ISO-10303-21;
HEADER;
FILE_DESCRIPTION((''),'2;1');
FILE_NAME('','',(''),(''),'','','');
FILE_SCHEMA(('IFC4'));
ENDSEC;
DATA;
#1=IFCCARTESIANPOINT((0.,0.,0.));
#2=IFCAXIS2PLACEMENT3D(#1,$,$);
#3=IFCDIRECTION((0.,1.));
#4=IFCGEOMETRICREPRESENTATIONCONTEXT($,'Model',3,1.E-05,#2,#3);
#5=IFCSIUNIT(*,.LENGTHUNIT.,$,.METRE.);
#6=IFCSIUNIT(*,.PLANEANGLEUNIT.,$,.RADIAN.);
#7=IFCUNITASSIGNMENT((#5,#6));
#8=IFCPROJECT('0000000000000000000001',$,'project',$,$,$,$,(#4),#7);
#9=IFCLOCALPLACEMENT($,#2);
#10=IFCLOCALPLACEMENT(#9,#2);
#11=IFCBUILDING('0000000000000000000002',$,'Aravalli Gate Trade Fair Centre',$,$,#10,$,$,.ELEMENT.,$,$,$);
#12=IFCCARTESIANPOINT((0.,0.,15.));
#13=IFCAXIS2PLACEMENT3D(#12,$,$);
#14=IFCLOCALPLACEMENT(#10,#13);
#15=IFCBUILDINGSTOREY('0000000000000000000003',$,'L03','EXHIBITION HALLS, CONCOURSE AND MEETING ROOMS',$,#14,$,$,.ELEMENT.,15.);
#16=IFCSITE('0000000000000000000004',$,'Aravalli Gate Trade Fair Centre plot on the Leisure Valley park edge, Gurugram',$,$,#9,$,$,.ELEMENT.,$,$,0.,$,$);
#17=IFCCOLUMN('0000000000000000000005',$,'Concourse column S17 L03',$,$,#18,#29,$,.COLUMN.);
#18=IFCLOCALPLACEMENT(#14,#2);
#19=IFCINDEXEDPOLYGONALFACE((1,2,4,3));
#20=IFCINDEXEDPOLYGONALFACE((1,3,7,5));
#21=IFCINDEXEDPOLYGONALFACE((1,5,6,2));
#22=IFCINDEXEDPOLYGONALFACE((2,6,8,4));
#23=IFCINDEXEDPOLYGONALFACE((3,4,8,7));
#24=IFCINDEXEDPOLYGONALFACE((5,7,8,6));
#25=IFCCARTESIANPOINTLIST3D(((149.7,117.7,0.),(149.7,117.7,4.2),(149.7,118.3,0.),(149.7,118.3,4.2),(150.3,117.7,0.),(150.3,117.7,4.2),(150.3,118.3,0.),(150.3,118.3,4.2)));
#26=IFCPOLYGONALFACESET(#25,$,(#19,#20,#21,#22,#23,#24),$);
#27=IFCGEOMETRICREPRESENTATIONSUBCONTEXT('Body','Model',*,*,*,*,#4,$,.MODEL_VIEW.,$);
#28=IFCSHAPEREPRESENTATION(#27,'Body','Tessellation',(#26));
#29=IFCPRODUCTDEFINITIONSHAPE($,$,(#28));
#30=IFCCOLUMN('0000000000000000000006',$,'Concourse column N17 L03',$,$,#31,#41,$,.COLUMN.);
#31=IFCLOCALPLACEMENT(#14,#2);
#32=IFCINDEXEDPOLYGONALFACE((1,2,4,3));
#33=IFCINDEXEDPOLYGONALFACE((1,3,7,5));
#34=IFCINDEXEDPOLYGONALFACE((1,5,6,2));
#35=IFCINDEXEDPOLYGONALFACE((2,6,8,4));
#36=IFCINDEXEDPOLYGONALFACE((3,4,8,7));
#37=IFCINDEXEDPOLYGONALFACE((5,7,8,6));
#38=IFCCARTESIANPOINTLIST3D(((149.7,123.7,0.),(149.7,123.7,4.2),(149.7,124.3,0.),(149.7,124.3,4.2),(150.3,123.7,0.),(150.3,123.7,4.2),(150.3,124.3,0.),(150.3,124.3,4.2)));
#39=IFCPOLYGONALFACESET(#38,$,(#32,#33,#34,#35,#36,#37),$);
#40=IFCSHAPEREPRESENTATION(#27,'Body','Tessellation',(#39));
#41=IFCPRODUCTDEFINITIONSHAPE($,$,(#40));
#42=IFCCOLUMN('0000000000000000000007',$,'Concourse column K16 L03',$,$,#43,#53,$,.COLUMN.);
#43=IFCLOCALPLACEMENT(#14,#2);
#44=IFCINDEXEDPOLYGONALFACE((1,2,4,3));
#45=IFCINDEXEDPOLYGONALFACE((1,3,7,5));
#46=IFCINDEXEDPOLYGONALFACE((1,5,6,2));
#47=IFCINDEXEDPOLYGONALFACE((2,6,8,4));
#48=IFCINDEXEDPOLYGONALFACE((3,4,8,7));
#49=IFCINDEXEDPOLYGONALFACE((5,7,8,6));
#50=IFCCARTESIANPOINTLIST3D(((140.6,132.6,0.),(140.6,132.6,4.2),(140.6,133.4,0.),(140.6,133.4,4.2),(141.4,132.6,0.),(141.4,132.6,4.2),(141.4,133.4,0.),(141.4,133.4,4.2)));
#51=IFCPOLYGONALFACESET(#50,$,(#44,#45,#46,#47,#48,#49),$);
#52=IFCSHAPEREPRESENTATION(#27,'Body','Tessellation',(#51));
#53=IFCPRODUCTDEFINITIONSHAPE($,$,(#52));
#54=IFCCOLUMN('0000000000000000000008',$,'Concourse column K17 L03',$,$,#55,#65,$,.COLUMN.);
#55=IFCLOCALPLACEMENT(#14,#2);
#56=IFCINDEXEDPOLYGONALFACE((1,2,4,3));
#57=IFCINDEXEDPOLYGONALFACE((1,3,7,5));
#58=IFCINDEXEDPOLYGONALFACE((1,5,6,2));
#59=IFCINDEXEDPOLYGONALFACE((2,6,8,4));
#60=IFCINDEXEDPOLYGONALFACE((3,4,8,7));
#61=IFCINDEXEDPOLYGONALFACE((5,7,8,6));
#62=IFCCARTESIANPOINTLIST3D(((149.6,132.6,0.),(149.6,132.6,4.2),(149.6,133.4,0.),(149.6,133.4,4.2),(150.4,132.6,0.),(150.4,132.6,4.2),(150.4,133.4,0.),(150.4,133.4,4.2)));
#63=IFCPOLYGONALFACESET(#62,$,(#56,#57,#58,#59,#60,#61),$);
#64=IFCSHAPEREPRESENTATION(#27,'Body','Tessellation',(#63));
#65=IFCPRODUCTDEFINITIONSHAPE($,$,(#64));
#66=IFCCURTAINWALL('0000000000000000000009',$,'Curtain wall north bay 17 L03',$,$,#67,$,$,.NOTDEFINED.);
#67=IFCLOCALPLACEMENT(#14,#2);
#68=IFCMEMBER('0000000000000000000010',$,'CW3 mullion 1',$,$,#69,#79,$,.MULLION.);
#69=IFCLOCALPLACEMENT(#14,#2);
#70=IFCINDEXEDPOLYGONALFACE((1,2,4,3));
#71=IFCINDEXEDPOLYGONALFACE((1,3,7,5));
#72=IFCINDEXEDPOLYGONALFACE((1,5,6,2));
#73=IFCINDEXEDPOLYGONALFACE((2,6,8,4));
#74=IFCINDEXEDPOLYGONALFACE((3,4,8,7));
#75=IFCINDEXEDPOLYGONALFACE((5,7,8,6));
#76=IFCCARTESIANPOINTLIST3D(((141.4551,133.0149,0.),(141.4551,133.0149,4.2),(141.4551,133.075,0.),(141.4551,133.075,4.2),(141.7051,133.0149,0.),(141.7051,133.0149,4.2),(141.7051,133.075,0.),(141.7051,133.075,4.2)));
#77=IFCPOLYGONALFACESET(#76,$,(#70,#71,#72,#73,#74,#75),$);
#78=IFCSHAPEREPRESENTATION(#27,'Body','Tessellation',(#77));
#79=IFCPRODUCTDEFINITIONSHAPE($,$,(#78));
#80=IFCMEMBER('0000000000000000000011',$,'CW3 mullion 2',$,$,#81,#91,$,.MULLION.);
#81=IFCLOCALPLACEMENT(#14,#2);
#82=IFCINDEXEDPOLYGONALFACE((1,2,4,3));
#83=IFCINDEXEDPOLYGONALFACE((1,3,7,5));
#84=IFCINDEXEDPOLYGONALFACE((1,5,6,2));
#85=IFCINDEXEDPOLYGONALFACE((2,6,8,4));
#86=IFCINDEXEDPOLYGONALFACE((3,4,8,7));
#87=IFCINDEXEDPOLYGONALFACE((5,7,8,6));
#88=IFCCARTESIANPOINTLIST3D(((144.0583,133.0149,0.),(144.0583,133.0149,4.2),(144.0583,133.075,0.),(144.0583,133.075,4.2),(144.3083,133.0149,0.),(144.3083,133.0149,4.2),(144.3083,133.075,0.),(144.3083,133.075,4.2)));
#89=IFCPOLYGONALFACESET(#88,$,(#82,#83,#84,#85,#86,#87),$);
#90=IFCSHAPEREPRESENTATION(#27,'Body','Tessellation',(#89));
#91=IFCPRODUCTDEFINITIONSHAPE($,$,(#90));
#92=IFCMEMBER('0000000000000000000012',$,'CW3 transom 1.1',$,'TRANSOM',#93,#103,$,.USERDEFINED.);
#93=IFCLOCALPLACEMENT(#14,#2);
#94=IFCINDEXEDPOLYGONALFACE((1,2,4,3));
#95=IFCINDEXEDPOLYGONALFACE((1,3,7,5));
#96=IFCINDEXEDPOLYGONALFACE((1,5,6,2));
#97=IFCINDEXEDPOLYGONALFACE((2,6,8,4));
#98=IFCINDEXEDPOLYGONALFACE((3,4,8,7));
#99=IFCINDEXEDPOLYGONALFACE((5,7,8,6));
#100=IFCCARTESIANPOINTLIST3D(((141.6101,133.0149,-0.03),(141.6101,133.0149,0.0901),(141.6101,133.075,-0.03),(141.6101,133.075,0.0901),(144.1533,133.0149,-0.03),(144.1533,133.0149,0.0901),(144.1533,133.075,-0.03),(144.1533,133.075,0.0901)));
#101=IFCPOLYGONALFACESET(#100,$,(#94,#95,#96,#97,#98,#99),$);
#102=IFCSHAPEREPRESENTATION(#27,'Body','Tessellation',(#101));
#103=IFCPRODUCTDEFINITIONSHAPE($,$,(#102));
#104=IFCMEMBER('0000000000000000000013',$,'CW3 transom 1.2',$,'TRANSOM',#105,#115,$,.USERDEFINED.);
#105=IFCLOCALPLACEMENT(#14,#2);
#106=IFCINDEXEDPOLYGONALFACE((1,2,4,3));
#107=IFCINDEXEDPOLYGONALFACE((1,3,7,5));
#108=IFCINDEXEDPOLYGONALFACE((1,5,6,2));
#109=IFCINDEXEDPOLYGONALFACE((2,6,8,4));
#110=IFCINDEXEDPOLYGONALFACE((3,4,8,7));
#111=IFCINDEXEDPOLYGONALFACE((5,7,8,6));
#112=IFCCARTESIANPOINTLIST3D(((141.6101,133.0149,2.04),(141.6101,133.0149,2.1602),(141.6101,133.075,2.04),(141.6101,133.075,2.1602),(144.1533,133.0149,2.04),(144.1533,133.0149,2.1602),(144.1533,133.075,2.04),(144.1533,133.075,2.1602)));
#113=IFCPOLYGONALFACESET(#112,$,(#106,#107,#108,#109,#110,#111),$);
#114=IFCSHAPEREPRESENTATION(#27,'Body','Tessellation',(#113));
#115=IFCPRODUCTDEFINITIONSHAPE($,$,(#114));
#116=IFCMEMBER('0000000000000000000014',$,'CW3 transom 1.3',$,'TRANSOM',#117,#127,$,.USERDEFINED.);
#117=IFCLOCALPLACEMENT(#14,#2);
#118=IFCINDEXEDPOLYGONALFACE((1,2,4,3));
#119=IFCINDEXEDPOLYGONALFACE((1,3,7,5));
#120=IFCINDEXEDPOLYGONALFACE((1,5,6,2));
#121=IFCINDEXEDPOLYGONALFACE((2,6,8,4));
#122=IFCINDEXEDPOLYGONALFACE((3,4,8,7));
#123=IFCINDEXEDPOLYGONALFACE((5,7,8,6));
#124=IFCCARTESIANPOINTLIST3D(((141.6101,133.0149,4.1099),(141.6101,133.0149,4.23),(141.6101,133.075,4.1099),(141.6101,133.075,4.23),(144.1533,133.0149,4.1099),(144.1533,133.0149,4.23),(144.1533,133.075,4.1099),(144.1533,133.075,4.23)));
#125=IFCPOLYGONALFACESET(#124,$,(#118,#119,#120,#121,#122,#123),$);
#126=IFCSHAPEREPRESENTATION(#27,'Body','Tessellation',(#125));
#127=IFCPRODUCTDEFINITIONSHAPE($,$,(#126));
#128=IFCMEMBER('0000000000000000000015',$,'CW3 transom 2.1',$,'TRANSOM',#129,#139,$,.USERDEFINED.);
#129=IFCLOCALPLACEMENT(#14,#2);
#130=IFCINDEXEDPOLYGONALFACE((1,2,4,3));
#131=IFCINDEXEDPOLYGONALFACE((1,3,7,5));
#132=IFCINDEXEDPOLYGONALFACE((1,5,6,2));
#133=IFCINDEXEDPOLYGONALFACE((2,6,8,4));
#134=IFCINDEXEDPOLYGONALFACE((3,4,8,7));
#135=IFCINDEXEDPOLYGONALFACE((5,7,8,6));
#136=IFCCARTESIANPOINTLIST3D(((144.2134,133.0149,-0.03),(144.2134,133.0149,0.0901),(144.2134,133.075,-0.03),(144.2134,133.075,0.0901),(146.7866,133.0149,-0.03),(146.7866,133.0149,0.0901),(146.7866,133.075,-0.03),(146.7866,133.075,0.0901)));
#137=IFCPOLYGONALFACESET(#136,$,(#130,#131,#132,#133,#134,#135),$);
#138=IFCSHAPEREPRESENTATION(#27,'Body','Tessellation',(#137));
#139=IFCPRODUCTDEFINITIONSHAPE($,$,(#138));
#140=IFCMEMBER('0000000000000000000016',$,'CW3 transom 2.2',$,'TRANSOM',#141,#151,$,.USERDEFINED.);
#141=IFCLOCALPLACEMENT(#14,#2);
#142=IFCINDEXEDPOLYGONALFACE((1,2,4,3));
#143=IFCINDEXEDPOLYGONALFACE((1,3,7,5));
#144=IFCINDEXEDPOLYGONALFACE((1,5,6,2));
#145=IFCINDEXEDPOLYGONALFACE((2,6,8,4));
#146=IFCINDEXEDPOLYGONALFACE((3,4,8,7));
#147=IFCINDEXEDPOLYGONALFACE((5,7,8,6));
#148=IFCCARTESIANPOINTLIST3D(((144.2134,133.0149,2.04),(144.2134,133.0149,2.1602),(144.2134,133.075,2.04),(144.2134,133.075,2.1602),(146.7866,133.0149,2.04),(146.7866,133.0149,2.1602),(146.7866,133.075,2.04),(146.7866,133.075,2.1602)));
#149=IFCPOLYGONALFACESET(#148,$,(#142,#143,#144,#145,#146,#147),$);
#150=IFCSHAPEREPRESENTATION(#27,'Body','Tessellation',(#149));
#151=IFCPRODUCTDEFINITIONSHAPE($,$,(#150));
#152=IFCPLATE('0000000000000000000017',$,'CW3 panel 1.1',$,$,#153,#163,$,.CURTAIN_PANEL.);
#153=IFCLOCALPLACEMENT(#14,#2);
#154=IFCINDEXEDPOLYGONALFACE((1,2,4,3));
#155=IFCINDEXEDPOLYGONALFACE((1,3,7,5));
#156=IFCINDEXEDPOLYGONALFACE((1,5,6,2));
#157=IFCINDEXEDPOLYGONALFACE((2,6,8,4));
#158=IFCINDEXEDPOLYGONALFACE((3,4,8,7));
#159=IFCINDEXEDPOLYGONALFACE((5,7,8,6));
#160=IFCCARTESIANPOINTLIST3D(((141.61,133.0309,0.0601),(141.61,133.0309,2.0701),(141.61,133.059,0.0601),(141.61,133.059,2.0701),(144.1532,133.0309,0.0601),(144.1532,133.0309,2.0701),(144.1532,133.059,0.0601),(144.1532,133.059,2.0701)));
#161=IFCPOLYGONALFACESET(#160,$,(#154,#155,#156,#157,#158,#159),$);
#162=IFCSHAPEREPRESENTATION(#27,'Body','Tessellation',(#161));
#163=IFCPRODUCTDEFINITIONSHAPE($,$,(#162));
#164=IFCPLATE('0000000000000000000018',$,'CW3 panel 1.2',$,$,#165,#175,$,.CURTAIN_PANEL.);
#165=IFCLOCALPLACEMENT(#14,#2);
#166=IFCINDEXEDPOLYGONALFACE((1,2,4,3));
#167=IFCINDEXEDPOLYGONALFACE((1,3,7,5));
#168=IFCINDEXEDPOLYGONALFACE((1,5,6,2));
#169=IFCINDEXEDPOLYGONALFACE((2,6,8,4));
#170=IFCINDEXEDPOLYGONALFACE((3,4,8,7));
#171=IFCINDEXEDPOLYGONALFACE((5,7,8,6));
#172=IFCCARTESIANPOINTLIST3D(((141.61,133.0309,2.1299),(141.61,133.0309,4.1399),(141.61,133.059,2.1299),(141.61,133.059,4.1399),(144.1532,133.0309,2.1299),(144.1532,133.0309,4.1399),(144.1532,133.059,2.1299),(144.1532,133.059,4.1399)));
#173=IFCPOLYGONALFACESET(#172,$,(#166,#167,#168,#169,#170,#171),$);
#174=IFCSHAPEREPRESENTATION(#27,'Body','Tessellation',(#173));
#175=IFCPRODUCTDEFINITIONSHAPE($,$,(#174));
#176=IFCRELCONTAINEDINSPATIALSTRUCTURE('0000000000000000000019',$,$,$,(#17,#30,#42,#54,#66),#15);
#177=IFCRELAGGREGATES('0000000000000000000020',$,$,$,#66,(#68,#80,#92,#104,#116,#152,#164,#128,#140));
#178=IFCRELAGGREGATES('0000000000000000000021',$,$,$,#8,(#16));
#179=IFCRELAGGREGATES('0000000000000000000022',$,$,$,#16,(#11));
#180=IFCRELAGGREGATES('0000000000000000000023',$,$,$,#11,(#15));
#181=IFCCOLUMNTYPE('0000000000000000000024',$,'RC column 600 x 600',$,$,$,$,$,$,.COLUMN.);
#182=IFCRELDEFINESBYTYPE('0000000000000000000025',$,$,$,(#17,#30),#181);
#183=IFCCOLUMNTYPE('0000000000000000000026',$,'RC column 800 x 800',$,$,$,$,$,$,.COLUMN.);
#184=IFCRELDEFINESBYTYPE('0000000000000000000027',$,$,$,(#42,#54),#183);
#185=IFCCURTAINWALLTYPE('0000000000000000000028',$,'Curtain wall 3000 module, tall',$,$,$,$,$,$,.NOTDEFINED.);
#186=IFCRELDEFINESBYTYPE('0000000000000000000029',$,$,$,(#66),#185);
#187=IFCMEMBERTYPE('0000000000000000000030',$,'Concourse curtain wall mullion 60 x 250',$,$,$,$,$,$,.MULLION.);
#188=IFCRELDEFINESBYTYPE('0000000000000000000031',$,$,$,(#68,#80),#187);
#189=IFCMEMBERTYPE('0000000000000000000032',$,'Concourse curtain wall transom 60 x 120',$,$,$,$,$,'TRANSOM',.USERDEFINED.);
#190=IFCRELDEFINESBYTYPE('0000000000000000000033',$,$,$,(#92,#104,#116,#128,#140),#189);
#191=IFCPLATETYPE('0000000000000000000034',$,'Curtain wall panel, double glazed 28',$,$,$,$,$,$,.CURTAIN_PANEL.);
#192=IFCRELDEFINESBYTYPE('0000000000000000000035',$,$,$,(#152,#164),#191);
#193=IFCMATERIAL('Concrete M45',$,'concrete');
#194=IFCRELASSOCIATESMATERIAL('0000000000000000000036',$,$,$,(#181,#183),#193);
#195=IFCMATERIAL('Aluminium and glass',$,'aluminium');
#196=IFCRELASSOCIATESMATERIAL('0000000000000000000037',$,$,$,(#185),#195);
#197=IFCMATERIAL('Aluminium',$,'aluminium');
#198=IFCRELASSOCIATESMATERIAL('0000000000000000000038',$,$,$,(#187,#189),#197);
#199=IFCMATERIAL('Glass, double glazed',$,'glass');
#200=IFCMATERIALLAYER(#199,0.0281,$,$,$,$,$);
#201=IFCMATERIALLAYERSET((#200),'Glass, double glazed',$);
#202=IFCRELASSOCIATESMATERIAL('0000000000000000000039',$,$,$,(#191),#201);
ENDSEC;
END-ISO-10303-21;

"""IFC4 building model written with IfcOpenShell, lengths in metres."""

from ifc_helpers import new_model, si_unit, direction, frame, origin, origin_2d, place, context, subcontext, project, spatial, rectangle, extrude, material, layer, layer_set, material_profile, profile_set, type_object, element, aggregate, save


model = new_model("IFC4")

# Units and contexts
model_context = context("Model", 3, precision=1e-05, world=origin(), true_north=direction((0.0, 1.0)))
body_context = subcontext(model_context, "Body", "Model", "MODEL_VIEW")
ifc_project = project(units=[si_unit("LENGTHUNIT", "METRE"), si_unit("PLANEANGLEUNIT", "RADIAN")], contexts=[model_context])

# Site, building, storey
site_placement = place(None, origin())
site = spatial("IfcSite", under=ifc_project, at=site_placement, Name="Aravalli Gate Trade Fair Centre plot on the Leisure Valley park edge, Gurugram", CompositionType="ELEMENT", RefElevation=0.0)
building_placement = place(site_placement, origin())
building = spatial("IfcBuilding", under=site, at=building_placement, Name="Aravalli Gate Trade Fair Centre", CompositionType="ELEMENT")
storey_placement = place(building_placement, frame((0.0, 0.0, 15.0)))
storey = spatial("IfcBuildingStorey", under=building, at=storey_placement, Name="L03", Description="EXHIBITION HALLS, CONCOURSE AND MEETING ROOMS", CompositionType="ELEMENT", Elevation=15.0)

# Columns
ifc_material_1 = material(Name="Concrete M45", Category="concrete")
ifc_material_profile_1 = material_profile(ifc_material_1, rectangle(XDim=0.6001, YDim=0.6001, at=origin_2d()), Name="RC column 600 x 600")
ifc_profile_set_1 = profile_set([ifc_material_profile_1], Name="Concrete M45")
column_type_1 = type_object("IfcColumnType", Name="RC column 600 x 600", PredefinedType="COLUMN", material=ifc_profile_set_1)
for number, where, z_axis, x_axis, name in (
    (1, (150.0, 118.0, 0.0), (0.0, 0.0, 1.0), (1.0, 0.0, 0.0), "Concourse column S17 L03"),
    (2, (150.0, 124.0, 0.0), (0.0, 0.0, 1.0), (1.0, 0.0, 0.0), "Concourse column N17 L03"),
):
    element("IfcColumn", number, at=place(storey_placement, frame(where, z_axis=z_axis, x_axis=x_axis)), inside=storey, type_object=column_type_1, Name=name, PredefinedType="COLUMN", context=body_context, shape_type="SweptSolid", body=[
        extrude(rectangle(XDim=0.6001, YDim=0.6001, at=origin_2d()), origin(), (0.0, 0.0, 1.0), 4.2),
    ])
ifc_material_profile_2 = material_profile(ifc_material_1, rectangle(XDim=0.8, YDim=0.8, at=origin_2d()), Name="RC column 800 x 800")
ifc_profile_set_2 = profile_set([ifc_material_profile_2], Name="Concrete M45")
column_type_2 = type_object("IfcColumnType", Name="RC column 800 x 800", PredefinedType="COLUMN", material=ifc_profile_set_2)
for number, where, z_axis, x_axis, name in (
    (3, (141.0, 133.0, 0.0), (0.0, 0.0, 1.0), (1.0, 0.0, 0.0), "Concourse column K16 L03"),
    (4, (150.0, 133.0, 0.0), (0.0, 0.0, 1.0), (1.0, 0.0, 0.0), "Concourse column K17 L03"),
):
    element("IfcColumn", number, at=place(storey_placement, frame(where, z_axis=z_axis, x_axis=x_axis)), inside=storey, type_object=column_type_2, Name=name, PredefinedType="COLUMN", context=body_context, shape_type="SweptSolid", body=[
        extrude(rectangle(XDim=0.8, YDim=0.8, at=origin_2d()), origin(), (0.0, 0.0, 1.0), 4.2),
    ])

# Curtain wall, members, plates
ifc_material_2 = material(Name="Aluminium and glass", Category="aluminium")
curtain_wall_type = type_object("IfcCurtainWallType", Name="Curtain wall 3000 module, tall", PredefinedType="NOTDEFINED", material=ifc_material_2)
curtain_wall_placement = place(storey_placement, origin())
curtain_wall = element("IfcCurtainWall", 5, at=curtain_wall_placement, inside=storey, type_object=curtain_wall_type, Name="Curtain wall north bay 17 L03", PredefinedType="NOTDEFINED")
ifc_material_3 = material(Name="Aluminium", Category="aluminium")
ifc_material_profile_3 = material_profile(ifc_material_3, rectangle(XDim=0.0601, YDim=0.25, at=origin_2d()), Name="Concourse curtain wall mullion 60 x 250")
ifc_profile_set_3 = profile_set([ifc_material_profile_3], Name="Aluminium")
member_type_1 = type_object("IfcMemberType", Name="Concourse curtain wall mullion 60 x 250", PredefinedType="MULLION", material=ifc_profile_set_3)
member_1_placement = place(storey_placement, frame((141.5801, 133.0449, 0.0), z_axis=(0.0, 0.0, 1.0), x_axis=(0.0, 1.0, 0.0)))
member_1 = element("IfcMember", 6, at=member_1_placement, type_object=member_type_1, Name="CW3 mullion 1", PredefinedType="MULLION", context=body_context, shape_type="SweptSolid", body=[
    extrude(rectangle(XDim=0.0601, YDim=0.25, at=origin_2d()), origin(), (0.0, 0.0, 1.0), 4.2),
])
member_2_placement = place(storey_placement, frame((144.1833, 133.0449, 0.0), z_axis=(0.0, 0.0, 1.0), x_axis=(0.0, 1.0, 0.0)))
member_2 = element("IfcMember", 7, at=member_2_placement, type_object=member_type_1, Name="CW3 mullion 2", PredefinedType="MULLION", context=body_context, shape_type="SweptSolid", body=[
    extrude(rectangle(XDim=0.0601, YDim=0.25, at=origin_2d()), origin(), (0.0, 0.0, 1.0), 4.2),
])
ifc_material_profile_4 = material_profile(ifc_material_3, rectangle(XDim=0.0601, YDim=0.1201, at=origin_2d()), Name="Concourse curtain wall transom 60 x 120")
ifc_profile_set_4 = profile_set([ifc_material_profile_4], Name="Aluminium")
member_type_2 = type_object("IfcMemberType", Name="Concourse curtain wall transom 60 x 120", ElementType="TRANSOM", PredefinedType="USERDEFINED", material=ifc_profile_set_4)
member_3_placement = place(storey_placement, frame((141.6101, 133.0449, 0.03), z_axis=(1.0, 0.0, 0.0), x_axis=(0.0, 1.0, 0.0)))
member_3 = element("IfcMember", 8, at=member_3_placement, type_object=member_type_2, Name="CW3 transom 1.1", ObjectType="TRANSOM", PredefinedType="USERDEFINED", context=body_context, shape_type="SweptSolid", body=[
    extrude(rectangle(XDim=0.0601, YDim=0.1201, at=origin_2d()), origin(), (0.0, 0.0, 1.0), 2.5432),
])
member_4_placement = place(storey_placement, frame((141.6101, 133.0449, 2.1001), z_axis=(1.0, 0.0, 0.0), x_axis=(0.0, 1.0, 0.0)))
member_4 = element("IfcMember", 9, at=member_4_placement, type_object=member_type_2, Name="CW3 transom 1.2", ObjectType="TRANSOM", PredefinedType="USERDEFINED", context=body_context, shape_type="SweptSolid", body=[
    extrude(rectangle(XDim=0.0601, YDim=0.1201, at=origin_2d()), origin(), (0.0, 0.0, 1.0), 2.5432),
])
member_5_placement = place(storey_placement, frame((141.6101, 133.0449, 4.1699), z_axis=(1.0, 0.0, 0.0), x_axis=(0.0, 1.0, 0.0)))
member_5 = element("IfcMember", 10, at=member_5_placement, type_object=member_type_2, Name="CW3 transom 1.3", ObjectType="TRANSOM", PredefinedType="USERDEFINED", context=body_context, shape_type="SweptSolid", body=[
    extrude(rectangle(XDim=0.0601, YDim=0.1201, at=origin_2d()), origin(), (0.0, 0.0, 1.0), 2.5432),
])
member_6_placement = place(storey_placement, frame((144.2134, 133.0449, 0.03), z_axis=(1.0, 0.0, 0.0), x_axis=(0.0, 1.0, 0.0)))
member_6 = element("IfcMember", 11, at=member_6_placement, type_object=member_type_2, Name="CW3 transom 2.1", ObjectType="TRANSOM", PredefinedType="USERDEFINED", context=body_context, shape_type="SweptSolid", body=[
    extrude(rectangle(XDim=0.0601, YDim=0.1201, at=origin_2d()), origin(), (0.0, 0.0, 1.0), 2.5732),
])
member_7_placement = place(storey_placement, frame((144.2134, 133.0449, 2.1001), z_axis=(1.0, 0.0, 0.0), x_axis=(0.0, 1.0, 0.0)))
member_7 = element("IfcMember", 12, at=member_7_placement, type_object=member_type_2, Name="CW3 transom 2.2", ObjectType="TRANSOM", PredefinedType="USERDEFINED", context=body_context, shape_type="SweptSolid", body=[
    extrude(rectangle(XDim=0.0601, YDim=0.1201, at=origin_2d()), origin(), (0.0, 0.0, 1.0), 2.5732),
])
ifc_material_4 = material(Name="Glass, double glazed", Category="glass")
ifc_layer_1 = layer(ifc_material_4, 0.0281)
ifc_layer_set_1 = layer_set([ifc_layer_1], Name="Glass, double glazed")
plate_type = type_object("IfcPlateType", Name="Curtain wall panel, double glazed 28", PredefinedType="CURTAIN_PANEL", material=ifc_layer_set_1)
plate_1_placement = place(storey_placement, frame((142.8816, 133.0449, 0.0601), z_axis=(0.0, 0.0, 1.0), x_axis=(1.0, 0.0, 0.0)))
plate_1 = element("IfcPlate", 13, at=plate_1_placement, type_object=plate_type, Name="CW3 panel 1.1", PredefinedType="CURTAIN_PANEL", context=body_context, shape_type="SweptSolid", body=[
    extrude(rectangle(XDim=2.5432, YDim=0.0281, at=origin_2d()), origin(), (0.0, 0.0, 1.0), 2.01),
])
plate_2_placement = place(storey_placement, frame((142.8816, 133.0449, 2.1299), z_axis=(0.0, 0.0, 1.0), x_axis=(1.0, 0.0, 0.0)))
plate_2 = element("IfcPlate", 14, at=plate_2_placement, type_object=plate_type, Name="CW3 panel 1.2", PredefinedType="CURTAIN_PANEL", context=body_context, shape_type="SweptSolid", body=[
    extrude(rectangle(XDim=2.5432, YDim=0.0281, at=origin_2d()), origin(), (0.0, 0.0, 1.0), 2.01),
])
aggregate(curtain_wall, [member_1, member_2, member_3, member_4, member_5, plate_1, plate_2, member_6, member_7])

save(model, "model.ifc")
